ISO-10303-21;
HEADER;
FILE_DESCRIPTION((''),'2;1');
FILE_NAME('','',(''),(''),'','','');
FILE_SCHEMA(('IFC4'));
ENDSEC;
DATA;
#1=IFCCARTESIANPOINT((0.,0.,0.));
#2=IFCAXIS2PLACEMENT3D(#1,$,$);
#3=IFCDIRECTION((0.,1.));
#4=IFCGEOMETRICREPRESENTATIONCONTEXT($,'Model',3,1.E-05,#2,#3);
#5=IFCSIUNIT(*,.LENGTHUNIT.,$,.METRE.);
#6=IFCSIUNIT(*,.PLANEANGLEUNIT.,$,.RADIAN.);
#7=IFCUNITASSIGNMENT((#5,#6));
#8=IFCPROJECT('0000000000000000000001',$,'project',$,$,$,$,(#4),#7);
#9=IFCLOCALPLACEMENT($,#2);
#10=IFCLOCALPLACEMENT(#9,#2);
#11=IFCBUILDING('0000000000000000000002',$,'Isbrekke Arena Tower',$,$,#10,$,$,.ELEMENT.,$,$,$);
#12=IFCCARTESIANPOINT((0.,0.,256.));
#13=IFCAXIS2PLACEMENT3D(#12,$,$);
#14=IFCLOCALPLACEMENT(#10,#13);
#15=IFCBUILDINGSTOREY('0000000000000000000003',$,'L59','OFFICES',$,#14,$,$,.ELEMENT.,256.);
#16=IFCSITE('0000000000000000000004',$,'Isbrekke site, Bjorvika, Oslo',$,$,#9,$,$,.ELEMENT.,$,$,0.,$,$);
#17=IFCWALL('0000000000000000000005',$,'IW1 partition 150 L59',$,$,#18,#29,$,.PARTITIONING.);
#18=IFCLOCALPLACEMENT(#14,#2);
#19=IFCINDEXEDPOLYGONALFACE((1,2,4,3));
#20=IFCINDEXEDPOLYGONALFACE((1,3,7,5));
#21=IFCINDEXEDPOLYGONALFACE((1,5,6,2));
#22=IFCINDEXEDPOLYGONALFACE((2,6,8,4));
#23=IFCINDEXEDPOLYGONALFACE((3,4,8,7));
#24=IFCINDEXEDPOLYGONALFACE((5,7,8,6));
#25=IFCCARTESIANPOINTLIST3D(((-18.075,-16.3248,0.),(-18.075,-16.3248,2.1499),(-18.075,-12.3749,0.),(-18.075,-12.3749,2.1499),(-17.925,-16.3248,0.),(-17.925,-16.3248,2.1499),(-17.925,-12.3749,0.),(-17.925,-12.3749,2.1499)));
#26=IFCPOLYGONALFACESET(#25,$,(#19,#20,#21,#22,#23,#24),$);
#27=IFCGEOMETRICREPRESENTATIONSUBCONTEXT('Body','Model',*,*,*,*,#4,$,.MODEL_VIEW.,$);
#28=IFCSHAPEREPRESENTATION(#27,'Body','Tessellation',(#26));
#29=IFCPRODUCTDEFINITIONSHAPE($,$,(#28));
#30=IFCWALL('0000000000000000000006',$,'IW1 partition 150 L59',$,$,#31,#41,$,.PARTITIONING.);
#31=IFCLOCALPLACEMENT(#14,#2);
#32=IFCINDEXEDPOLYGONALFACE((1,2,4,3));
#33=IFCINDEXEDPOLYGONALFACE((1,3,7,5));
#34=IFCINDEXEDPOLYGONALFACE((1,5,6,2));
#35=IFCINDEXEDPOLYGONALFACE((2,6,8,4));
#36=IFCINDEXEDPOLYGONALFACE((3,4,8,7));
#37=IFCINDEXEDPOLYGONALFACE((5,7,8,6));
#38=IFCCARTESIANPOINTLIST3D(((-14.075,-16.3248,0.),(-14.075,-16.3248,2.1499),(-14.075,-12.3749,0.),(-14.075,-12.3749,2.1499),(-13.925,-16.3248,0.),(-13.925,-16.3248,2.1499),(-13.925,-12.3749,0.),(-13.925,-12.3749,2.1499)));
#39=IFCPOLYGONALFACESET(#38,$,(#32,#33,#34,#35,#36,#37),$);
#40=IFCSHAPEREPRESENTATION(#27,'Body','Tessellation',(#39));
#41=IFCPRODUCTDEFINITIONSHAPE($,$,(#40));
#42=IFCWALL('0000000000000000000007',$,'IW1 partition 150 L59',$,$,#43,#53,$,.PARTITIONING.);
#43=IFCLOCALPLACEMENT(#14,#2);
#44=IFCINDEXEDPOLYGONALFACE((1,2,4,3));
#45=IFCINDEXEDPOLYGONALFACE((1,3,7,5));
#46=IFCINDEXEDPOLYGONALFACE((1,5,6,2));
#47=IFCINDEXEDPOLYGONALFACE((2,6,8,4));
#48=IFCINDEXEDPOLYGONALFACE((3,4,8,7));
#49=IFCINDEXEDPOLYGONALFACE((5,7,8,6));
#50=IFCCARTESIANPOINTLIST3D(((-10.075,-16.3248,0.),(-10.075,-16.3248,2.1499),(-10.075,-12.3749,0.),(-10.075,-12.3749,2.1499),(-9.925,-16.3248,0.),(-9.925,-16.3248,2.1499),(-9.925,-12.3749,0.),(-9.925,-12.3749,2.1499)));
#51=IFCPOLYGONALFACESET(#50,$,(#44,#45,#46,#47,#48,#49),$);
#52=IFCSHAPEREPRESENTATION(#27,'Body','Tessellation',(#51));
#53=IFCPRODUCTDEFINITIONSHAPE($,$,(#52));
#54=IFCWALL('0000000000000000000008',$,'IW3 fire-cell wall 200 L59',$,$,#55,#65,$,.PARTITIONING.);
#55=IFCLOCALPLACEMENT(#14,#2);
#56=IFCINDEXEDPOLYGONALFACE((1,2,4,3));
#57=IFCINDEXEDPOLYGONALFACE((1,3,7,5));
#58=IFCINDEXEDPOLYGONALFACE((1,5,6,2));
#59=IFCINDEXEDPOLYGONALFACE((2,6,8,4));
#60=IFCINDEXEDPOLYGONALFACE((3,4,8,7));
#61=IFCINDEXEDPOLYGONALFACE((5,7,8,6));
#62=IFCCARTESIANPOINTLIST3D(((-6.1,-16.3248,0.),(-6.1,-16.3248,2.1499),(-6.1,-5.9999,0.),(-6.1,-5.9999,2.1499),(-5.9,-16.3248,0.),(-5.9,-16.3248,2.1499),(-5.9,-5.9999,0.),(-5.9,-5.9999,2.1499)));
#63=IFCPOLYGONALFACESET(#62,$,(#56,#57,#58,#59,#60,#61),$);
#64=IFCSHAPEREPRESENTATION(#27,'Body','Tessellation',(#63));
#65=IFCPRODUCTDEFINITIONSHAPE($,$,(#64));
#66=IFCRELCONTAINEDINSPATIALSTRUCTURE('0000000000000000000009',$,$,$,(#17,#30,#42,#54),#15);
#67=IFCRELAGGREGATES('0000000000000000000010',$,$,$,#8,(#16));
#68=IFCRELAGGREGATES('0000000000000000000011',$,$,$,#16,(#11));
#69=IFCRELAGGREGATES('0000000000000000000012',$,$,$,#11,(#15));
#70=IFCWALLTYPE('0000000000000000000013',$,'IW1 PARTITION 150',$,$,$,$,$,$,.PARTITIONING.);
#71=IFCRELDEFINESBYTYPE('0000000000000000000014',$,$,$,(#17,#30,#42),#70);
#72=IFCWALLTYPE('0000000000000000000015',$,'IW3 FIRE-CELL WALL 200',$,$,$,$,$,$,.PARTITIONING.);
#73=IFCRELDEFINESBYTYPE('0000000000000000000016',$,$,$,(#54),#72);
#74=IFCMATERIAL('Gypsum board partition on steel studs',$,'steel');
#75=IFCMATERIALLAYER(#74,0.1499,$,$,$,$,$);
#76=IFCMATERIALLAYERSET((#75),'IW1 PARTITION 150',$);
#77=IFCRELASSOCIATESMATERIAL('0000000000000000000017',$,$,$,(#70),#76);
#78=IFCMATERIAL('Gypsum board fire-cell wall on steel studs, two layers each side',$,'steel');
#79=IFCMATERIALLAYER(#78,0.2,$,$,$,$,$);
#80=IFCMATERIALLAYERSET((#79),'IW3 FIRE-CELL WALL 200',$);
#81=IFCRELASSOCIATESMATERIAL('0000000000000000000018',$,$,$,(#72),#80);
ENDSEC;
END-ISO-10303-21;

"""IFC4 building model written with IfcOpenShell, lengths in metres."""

from ifc_helpers import new_model, si_unit, direction, frame, frame_2d, origin, place, context, subcontext, project, spatial, rectangle, extrude, material, layer, layer_set, type_object, element, save


model = new_model("IFC4")

# Units and contexts
model_context = context("Model", 3, precision=1e-05, world=origin(), true_north=direction((0.0, 1.0)))
body_context = subcontext(model_context, "Body", "Model", "MODEL_VIEW")
ifc_project = project(units=[si_unit("LENGTHUNIT", "METRE"), si_unit("PLANEANGLEUNIT", "RADIAN")], contexts=[model_context])

# Site, building, storey
site_placement = place(None, origin())
site = spatial("IfcSite", under=ifc_project, at=site_placement, Name="Isbrekke site, Bjorvika, Oslo", CompositionType="ELEMENT", RefElevation=0.0)
building_placement = place(site_placement, origin())
building = spatial("IfcBuilding", under=site, at=building_placement, Name="Isbrekke Arena Tower", CompositionType="ELEMENT")
storey_placement = place(building_placement, frame((0.0, 0.0, 256.0)))
storey = spatial("IfcBuildingStorey", under=building, at=storey_placement, Name="L59", Description="OFFICES", CompositionType="ELEMENT", Elevation=256.0)

# Walls
ifc_material_1 = material(Name="Gypsum board partition on steel studs", Category="steel")
ifc_layer_1 = layer(ifc_material_1, 0.1499)
ifc_layer_set_1 = layer_set([ifc_layer_1], Name="IW1 PARTITION 150")
wall_type_1 = type_object("IfcWallType", Name="IW1 PARTITION 150", PredefinedType="PARTITIONING", material=ifc_layer_set_1)
for number, where, z_axis, x_axis, name in (
    (1, (-18.0, -16.325, 0.0), (0.0, 0.0, 1.0), (0.0, 1.0, 0.0), "IW1 partition 150 L59"),
    (2, (-14.0, -16.325, 0.0), (0.0, 0.0, 1.0), (0.0, 1.0, 0.0), "IW1 partition 150 L59"),
    (3, (-10.0, -16.325, 0.0), (0.0, 0.0, 1.0), (0.0, 1.0, 0.0), "IW1 partition 150 L59"),
):
    element("IfcWall", number, at=place(storey_placement, frame(where, z_axis=z_axis, x_axis=x_axis)), inside=storey, type_object=wall_type_1, Name=name, PredefinedType="PARTITIONING", context=body_context, shape_type="SweptSolid", body=[
        extrude(rectangle(XDim=3.95, YDim=0.1499, at=frame_2d((1.9751, 0.0))), origin(), (0.0, 0.0, 1.0), 2.1499),
    ])
ifc_material_2 = material(Name="Gypsum board fire-cell wall on steel studs, two layers each side", Category="steel")
ifc_layer_2 = layer(ifc_material_2, 0.2)
ifc_layer_set_2 = layer_set([ifc_layer_2], Name="IW3 FIRE-CELL WALL 200")
wall_type_2 = type_object("IfcWallType", Name="IW3 FIRE-CELL WALL 200", PredefinedType="PARTITIONING", material=ifc_layer_set_2)
wall_placement = place(storey_placement, frame((-6.0, -16.325, 0.0), z_axis=(0.0, 0.0, 1.0), x_axis=(0.0, 1.0, 0.0)))
element("IfcWall", 4, at=wall_placement, inside=storey, type_object=wall_type_2, Name="IW3 fire-cell wall 200 L59", PredefinedType="PARTITIONING", context=body_context, shape_type="SweptSolid", body=[
    extrude(rectangle(XDim=10.325, YDim=0.2, at=frame_2d((5.1626, 0.0))), origin(), (0.0, 0.0, 1.0), 2.1499),
])

save(model, "model.ifc")
